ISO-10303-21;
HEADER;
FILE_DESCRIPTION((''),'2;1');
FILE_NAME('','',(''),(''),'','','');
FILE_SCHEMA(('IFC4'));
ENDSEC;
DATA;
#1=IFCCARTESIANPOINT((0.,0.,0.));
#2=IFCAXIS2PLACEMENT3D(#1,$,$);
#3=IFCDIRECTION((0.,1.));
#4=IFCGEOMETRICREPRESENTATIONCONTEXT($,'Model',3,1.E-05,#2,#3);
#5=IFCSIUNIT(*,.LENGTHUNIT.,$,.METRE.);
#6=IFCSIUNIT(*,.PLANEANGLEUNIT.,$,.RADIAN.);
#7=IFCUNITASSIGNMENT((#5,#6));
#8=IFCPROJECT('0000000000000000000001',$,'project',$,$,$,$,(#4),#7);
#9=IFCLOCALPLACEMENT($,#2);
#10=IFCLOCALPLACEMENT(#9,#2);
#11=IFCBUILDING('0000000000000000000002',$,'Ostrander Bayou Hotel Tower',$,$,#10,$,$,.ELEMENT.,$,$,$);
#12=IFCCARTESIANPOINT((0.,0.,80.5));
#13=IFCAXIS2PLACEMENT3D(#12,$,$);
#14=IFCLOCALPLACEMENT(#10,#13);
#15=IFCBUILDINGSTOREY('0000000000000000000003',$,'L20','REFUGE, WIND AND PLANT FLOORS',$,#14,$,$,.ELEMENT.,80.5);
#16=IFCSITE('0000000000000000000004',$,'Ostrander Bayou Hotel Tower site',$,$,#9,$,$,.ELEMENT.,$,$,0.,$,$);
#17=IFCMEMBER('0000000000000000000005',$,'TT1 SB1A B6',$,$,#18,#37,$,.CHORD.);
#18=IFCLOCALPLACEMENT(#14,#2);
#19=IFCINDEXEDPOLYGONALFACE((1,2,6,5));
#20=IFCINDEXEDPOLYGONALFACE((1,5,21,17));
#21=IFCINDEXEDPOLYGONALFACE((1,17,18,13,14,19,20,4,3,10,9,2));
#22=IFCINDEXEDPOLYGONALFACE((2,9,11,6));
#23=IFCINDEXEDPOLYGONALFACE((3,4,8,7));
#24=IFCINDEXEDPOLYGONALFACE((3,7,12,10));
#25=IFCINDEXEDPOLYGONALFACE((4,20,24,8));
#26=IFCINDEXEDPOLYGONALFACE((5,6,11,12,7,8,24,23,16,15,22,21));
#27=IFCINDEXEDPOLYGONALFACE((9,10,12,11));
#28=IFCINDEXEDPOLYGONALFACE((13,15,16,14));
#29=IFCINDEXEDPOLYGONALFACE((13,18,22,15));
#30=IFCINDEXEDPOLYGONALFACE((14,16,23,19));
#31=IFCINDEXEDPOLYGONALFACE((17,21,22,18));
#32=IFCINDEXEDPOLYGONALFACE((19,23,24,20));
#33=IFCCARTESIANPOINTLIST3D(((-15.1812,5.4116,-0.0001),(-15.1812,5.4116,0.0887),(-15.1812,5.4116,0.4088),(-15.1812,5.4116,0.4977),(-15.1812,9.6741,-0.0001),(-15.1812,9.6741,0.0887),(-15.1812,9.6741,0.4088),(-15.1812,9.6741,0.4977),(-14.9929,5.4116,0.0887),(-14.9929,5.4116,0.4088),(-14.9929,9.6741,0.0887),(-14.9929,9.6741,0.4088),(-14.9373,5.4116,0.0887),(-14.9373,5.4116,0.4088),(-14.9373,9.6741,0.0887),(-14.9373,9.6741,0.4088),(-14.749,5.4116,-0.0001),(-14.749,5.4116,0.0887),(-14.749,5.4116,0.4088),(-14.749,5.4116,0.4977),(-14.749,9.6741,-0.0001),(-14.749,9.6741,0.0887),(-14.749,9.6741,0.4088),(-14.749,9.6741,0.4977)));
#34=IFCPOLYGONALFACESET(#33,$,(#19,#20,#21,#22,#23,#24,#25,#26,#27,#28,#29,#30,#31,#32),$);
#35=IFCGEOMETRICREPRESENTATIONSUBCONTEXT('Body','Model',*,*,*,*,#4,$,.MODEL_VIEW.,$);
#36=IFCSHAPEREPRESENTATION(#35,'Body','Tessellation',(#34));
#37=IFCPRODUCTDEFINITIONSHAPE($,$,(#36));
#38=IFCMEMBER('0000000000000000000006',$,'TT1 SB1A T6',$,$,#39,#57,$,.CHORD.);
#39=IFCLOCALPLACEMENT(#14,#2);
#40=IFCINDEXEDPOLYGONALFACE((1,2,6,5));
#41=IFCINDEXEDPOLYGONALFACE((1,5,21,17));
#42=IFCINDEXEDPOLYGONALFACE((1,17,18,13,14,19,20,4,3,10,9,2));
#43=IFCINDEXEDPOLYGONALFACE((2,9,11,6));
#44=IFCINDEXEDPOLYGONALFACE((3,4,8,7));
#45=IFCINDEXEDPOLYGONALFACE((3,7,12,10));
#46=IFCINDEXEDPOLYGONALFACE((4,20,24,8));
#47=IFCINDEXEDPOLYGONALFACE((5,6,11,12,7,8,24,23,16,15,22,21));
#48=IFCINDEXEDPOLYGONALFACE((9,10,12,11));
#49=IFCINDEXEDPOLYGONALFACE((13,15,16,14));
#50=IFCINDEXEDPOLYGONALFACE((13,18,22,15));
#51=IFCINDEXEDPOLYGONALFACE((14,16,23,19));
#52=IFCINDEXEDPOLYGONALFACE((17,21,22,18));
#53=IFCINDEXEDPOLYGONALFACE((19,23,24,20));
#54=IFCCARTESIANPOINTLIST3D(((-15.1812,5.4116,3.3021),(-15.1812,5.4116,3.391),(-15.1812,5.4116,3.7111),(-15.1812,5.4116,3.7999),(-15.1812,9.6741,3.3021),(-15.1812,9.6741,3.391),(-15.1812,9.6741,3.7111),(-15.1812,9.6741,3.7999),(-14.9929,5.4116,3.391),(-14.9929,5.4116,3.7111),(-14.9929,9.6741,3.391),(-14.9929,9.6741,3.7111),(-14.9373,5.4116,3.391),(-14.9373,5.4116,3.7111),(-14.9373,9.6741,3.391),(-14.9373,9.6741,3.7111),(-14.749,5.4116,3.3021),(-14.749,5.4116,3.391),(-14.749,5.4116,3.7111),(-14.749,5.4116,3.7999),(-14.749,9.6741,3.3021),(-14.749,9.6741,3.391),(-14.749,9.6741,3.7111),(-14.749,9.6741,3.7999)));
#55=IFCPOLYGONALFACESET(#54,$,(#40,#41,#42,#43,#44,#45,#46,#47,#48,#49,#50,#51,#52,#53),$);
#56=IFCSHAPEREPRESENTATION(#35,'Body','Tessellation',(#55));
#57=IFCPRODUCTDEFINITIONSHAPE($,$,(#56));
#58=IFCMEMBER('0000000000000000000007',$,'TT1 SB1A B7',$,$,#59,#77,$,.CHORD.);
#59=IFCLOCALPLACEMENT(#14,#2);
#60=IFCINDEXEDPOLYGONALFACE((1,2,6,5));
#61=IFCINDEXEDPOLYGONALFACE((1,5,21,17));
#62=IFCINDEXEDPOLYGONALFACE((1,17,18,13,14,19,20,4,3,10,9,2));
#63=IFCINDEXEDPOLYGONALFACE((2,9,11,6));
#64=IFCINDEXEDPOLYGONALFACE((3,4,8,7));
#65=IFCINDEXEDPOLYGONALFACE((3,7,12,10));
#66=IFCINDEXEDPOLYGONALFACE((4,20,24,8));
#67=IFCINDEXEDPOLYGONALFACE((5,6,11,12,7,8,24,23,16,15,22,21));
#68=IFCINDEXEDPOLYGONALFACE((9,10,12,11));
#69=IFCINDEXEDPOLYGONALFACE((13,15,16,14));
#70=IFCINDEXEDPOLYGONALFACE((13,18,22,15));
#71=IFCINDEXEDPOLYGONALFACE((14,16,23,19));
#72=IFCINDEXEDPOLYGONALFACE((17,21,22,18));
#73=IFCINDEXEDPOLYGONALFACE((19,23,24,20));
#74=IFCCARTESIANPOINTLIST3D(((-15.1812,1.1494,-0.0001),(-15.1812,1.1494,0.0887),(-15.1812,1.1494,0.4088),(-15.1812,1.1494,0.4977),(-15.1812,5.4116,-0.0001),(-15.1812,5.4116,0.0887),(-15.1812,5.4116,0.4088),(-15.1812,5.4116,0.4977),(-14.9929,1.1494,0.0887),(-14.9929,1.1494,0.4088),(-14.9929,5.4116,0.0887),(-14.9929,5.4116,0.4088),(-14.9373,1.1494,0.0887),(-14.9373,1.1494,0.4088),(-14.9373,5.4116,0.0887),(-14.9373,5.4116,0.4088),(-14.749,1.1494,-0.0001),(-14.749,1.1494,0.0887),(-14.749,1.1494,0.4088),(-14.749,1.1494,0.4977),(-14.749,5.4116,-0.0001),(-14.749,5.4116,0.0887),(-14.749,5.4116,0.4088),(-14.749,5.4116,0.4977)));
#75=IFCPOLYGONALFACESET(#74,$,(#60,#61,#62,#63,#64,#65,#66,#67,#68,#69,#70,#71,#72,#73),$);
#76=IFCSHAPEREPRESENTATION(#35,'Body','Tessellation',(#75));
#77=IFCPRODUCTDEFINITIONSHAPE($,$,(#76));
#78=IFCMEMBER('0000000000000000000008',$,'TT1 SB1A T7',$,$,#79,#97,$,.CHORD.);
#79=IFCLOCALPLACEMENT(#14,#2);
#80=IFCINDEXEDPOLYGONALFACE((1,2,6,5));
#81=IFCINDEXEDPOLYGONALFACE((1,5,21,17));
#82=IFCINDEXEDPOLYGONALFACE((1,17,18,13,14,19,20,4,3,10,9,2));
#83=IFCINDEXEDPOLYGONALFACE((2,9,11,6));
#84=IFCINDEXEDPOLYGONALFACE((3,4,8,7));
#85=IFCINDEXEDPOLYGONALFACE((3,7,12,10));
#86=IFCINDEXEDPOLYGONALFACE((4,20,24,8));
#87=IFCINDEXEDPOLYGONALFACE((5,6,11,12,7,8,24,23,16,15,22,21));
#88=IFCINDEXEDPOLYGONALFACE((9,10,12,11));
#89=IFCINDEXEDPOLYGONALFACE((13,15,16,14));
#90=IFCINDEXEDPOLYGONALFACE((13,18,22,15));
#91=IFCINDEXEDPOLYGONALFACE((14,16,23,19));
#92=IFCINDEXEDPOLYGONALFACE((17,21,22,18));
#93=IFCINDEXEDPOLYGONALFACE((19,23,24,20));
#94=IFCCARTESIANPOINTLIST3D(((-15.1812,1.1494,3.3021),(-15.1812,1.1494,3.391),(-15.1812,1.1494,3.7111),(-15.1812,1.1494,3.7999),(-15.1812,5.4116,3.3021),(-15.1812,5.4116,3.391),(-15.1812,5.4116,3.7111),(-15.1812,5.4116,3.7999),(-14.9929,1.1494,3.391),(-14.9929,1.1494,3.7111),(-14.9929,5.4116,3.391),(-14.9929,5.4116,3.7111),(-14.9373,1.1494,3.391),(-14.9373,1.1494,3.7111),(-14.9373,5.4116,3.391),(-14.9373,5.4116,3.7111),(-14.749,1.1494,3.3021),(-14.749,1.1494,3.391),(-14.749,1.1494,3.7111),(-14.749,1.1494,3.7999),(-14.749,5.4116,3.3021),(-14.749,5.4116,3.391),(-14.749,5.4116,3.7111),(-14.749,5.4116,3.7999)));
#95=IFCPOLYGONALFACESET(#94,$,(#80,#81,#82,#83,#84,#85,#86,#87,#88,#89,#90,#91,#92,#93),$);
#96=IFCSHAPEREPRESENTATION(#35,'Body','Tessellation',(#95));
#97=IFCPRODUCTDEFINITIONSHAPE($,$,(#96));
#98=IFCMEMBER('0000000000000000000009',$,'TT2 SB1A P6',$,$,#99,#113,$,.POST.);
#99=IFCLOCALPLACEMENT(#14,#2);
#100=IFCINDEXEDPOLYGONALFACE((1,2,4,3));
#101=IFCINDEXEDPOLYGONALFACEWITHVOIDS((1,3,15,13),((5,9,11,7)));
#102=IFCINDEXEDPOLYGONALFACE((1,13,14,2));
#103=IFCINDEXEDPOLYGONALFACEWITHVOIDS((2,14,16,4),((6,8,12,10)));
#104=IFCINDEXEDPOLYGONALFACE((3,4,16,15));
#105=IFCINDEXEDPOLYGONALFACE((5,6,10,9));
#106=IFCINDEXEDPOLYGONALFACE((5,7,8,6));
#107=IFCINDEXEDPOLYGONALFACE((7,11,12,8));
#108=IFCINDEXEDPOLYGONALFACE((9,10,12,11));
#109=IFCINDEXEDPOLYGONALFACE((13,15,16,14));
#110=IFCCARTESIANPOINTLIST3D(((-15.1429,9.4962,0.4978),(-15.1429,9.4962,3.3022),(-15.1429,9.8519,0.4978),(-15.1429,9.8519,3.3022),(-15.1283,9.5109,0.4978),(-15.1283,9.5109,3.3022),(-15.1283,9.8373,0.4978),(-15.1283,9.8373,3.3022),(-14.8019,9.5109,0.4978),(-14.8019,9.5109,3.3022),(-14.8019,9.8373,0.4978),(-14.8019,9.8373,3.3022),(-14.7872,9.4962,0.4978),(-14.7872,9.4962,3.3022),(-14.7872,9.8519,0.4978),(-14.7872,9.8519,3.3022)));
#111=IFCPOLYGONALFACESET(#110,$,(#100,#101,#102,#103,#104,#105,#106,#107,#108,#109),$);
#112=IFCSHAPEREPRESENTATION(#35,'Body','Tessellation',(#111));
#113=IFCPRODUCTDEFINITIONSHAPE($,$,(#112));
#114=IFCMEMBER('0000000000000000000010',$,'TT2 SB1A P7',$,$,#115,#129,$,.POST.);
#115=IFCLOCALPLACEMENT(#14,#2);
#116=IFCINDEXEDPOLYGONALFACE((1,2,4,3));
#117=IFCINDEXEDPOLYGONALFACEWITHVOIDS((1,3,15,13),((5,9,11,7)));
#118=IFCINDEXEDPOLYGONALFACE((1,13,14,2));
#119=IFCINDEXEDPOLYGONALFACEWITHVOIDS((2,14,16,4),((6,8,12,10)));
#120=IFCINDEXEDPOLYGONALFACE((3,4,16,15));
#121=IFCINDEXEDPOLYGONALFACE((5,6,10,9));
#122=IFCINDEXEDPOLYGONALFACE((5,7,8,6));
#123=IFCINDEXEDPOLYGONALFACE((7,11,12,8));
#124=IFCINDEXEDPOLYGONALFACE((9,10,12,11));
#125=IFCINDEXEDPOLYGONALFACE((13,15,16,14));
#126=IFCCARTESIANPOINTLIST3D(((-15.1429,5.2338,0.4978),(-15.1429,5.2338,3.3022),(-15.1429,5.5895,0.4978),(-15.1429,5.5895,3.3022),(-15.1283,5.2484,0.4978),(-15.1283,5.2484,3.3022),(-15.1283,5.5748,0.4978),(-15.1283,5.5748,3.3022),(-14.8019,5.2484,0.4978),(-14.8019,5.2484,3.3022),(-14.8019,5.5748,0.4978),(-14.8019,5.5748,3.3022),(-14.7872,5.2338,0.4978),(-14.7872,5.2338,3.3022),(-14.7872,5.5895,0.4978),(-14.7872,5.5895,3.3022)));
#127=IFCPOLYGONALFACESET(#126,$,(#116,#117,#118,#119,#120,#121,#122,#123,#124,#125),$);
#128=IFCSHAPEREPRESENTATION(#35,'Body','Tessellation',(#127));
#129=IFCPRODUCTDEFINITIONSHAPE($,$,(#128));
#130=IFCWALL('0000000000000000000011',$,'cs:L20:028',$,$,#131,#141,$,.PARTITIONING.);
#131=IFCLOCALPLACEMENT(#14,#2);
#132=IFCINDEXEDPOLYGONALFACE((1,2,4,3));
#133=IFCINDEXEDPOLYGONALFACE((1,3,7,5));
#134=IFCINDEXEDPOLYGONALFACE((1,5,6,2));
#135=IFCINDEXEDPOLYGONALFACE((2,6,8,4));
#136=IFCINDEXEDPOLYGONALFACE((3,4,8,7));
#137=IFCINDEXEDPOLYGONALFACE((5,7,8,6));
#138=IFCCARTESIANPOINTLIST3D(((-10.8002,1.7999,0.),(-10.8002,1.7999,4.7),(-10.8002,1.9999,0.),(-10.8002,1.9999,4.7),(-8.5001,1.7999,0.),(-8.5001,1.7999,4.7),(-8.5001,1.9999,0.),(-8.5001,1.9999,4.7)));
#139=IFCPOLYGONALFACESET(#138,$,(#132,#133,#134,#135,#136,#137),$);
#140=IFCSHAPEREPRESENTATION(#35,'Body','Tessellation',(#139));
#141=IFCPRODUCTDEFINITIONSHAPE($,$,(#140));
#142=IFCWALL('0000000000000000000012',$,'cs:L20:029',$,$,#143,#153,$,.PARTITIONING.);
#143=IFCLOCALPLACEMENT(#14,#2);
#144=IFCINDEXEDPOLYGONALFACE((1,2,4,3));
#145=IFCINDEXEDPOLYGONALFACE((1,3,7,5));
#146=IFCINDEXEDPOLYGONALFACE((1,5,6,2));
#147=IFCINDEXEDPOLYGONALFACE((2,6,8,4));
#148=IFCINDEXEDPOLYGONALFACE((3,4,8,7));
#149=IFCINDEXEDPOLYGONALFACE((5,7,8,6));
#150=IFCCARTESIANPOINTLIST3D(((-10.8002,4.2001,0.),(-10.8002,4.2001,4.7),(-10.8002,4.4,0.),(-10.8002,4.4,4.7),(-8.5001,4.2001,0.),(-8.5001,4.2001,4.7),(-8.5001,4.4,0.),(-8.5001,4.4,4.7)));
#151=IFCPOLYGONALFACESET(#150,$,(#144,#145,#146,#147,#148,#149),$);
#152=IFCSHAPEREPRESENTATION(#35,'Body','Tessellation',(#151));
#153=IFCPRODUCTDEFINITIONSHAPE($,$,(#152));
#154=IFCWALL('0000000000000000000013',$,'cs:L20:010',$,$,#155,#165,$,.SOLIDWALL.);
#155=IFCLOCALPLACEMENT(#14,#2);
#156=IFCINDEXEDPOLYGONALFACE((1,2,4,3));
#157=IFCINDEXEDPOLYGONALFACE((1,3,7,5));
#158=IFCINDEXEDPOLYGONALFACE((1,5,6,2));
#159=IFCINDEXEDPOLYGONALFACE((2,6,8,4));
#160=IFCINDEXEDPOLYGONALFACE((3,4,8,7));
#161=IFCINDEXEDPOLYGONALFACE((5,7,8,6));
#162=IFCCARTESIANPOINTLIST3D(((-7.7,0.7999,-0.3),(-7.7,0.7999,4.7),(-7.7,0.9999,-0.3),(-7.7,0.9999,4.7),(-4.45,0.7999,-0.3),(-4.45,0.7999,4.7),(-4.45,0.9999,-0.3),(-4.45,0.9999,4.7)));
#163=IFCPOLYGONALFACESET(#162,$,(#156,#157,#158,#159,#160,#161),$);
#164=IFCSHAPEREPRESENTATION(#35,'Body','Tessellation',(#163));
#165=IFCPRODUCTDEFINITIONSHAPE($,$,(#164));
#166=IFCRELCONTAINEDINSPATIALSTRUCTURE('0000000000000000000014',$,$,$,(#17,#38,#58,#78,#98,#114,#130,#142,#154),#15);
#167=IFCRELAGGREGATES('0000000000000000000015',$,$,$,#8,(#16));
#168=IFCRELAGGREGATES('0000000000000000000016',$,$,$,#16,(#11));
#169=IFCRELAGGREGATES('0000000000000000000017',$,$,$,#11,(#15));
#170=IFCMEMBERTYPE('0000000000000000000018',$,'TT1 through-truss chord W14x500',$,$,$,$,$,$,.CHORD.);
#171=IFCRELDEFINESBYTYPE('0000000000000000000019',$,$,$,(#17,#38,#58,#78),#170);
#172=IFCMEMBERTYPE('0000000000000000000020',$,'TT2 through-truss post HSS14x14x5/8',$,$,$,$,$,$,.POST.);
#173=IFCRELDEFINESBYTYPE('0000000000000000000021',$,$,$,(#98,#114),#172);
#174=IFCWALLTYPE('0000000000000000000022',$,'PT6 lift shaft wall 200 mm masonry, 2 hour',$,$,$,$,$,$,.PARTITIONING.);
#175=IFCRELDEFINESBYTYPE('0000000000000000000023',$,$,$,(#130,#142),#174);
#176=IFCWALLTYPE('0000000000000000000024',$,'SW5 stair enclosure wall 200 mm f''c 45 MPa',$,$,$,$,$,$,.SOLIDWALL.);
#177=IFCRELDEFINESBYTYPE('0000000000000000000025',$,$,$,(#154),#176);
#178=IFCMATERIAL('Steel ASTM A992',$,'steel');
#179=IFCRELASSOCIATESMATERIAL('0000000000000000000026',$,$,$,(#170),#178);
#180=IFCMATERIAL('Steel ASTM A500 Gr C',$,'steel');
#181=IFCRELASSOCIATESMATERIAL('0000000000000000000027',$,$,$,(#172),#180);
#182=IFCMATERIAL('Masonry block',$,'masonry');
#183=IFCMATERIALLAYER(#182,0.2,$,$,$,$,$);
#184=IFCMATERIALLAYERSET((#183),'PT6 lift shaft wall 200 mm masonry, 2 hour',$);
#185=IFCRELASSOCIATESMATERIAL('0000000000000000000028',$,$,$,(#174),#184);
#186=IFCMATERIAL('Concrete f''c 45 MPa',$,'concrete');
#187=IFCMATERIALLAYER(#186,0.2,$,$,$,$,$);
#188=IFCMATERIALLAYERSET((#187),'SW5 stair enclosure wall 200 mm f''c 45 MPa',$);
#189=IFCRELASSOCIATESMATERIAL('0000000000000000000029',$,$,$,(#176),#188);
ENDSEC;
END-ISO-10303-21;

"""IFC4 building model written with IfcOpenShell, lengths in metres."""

from ifc_helpers import new_model, si_unit, direction, frame, frame_2d, origin, origin_2d, place, context, subcontext, project, spatial, rectangle, hollow_rectangle, i_section, extrude, material, layer, layer_set, material_profile, profile_set, type_object, element, save


model = new_model("IFC4")

# Units and contexts
model_context = context("Model", 3, precision=1e-05, world=origin(), true_north=direction((0.0, 1.0)))
body_context = subcontext(model_context, "Body", "Model", "MODEL_VIEW")
ifc_project = project(units=[si_unit("LENGTHUNIT", "METRE"), si_unit("PLANEANGLEUNIT", "RADIAN")], contexts=[model_context])

# Site, building, storey
site_placement = place(None, origin())
site = spatial("IfcSite", under=ifc_project, at=site_placement, Name="Ostrander Bayou Hotel Tower site", CompositionType="ELEMENT", RefElevation=0.0)
building_placement = place(site_placement, origin())
building = spatial("IfcBuilding", under=site, at=building_placement, Name="Ostrander Bayou Hotel Tower", CompositionType="ELEMENT")
storey_placement = place(building_placement, frame((0.0, 0.0, 80.5)))
storey = spatial("IfcBuildingStorey", under=building, at=storey_placement, Name="L20", Description="REFUGE, WIND AND PLANT FLOORS", CompositionType="ELEMENT", Elevation=80.5)

# Members
ifc_material_1 = material(Name="Steel ASTM A992", Category="steel")
ifc_material_profile_1 = material_profile(ifc_material_1, i_section(OverallWidth=0.4321, OverallDepth=0.4978, WebThickness=0.0557, FlangeThickness=0.0889, at=origin_2d()))
ifc_profile_set_1 = profile_set([ifc_material_profile_1], Name="Steel ASTM A992")
member_type_1 = type_object("IfcMemberType", Name="TT1 through-truss chord W14x500", PredefinedType="CHORD", material=ifc_profile_set_1)
for number, where, z_axis, x_axis, name in (
    (1, (-14.9651, 9.6741, 0.2488), (0.0, -1.0, 0.0), (1.0, 0.0, 0.0), "TT1 SB1A B6"),
    (2, (-14.9651, 9.6741, 3.551), (0.0, -1.0, 0.0), (1.0, 0.0, 0.0), "TT1 SB1A T6"),
):
    element("IfcMember", number, at=place(storey_placement, frame(where, z_axis=z_axis, x_axis=x_axis)), inside=storey, type_object=member_type_1, Name=name, PredefinedType="CHORD", context=body_context, shape_type="SweptSolid", body=[
        extrude(i_section(OverallWidth=0.4321, OverallDepth=0.4978, WebThickness=0.0557, FlangeThickness=0.0889, at=origin_2d()), origin(), (0.0, 0.0, 1.0), 4.2625),
    ])
for number, where, z_axis, x_axis, name in (
    (3, (-14.9651, 5.4116, 0.2488), (0.0, -1.0, 0.0), (1.0, 0.0, 0.0), "TT1 SB1A B7"),
    (4, (-14.9651, 5.4116, 3.551), (0.0, -1.0, 0.0), (1.0, 0.0, 0.0), "TT1 SB1A T7"),
):
    element("IfcMember", number, at=place(storey_placement, frame(where, z_axis=z_axis, x_axis=x_axis)), inside=storey, type_object=member_type_1, Name=name, PredefinedType="CHORD", context=body_context, shape_type="SweptSolid", body=[
        extrude(i_section(OverallWidth=0.4321, OverallDepth=0.4978, WebThickness=0.0557, FlangeThickness=0.0889, at=origin_2d()), origin(), (0.0, 0.0, 1.0), 4.2622),
    ])
ifc_material_2 = material(Name="Steel ASTM A500 Gr C", Category="steel")
ifc_material_profile_2 = material_profile(ifc_material_2, hollow_rectangle(XDim=0.3557, YDim=0.3557, WallThickness=0.0146, at=origin_2d()))
ifc_profile_set_2 = profile_set([ifc_material_profile_2], Name="Steel ASTM A500 Gr C")
member_type_2 = type_object("IfcMemberType", Name="TT2 through-truss post HSS14x14x5/8", PredefinedType="POST", material=ifc_profile_set_2)
for number, where, z_axis, x_axis, name in (
    (5, (-14.9651, 9.6741, 0.4978), (0.0, 0.0, 1.0), (1.0, 0.0, 0.0), "TT2 SB1A P6"),
    (6, (-14.9651, 5.4116, 0.4978), (0.0, 0.0, 1.0), (1.0, 0.0, 0.0), "TT2 SB1A P7"),
):
    element("IfcMember", number, at=place(storey_placement, frame(where, z_axis=z_axis, x_axis=x_axis)), inside=storey, type_object=member_type_2, Name=name, PredefinedType="POST", context=body_context, shape_type="SweptSolid", body=[
        extrude(hollow_rectangle(XDim=0.3557, YDim=0.3557, WallThickness=0.0146, at=origin_2d()), origin(), (0.0, 0.0, 1.0), 2.8044),
    ])

# Walls
ifc_material_3 = material(Name="Masonry block", Category="masonry")
ifc_layer_1 = layer(ifc_material_3, 0.2)
ifc_layer_set_1 = layer_set([ifc_layer_1], Name="PT6 lift shaft wall 200 mm masonry, 2 hour")
wall_type_1 = type_object("IfcWallType", Name="PT6 lift shaft wall 200 mm masonry, 2 hour", PredefinedType="PARTITIONING", material=ifc_layer_set_1)
for number, where, z_axis, x_axis, name in (
    (7, (-10.8, 1.8999, 0.0), (0.0, 0.0, 1.0), (1.0, 0.0, 0.0), "cs:L20:028"),
    (8, (-10.8, 4.3, 0.0), (0.0, 0.0, 1.0), (1.0, 0.0, 0.0), "cs:L20:029"),
):
    element("IfcWall", number, at=place(storey_placement, frame(where, z_axis=z_axis, x_axis=x_axis)), inside=storey, type_object=wall_type_1, Name=name, PredefinedType="PARTITIONING", context=body_context, shape_type="SweptSolid", body=[
        extrude(rectangle(XDim=2.3, YDim=0.2, at=frame_2d((1.1499, 0.0))), origin(), (0.0, 0.0, 1.0), 4.7),
    ])
ifc_material_4 = material(Name="Concrete f'c 45 MPa", Category="concrete")
ifc_layer_2 = layer(ifc_material_4, 0.2)
ifc_layer_set_2 = layer_set([ifc_layer_2], Name="SW5 stair enclosure wall 200 mm f'c 45 MPa")
wall_type_2 = type_object("IfcWallType", Name="SW5 stair enclosure wall 200 mm f'c 45 MPa", PredefinedType="SOLIDWALL", material=ifc_layer_set_2)
wall_1_placement = place(storey_placement, frame((-7.7, 0.8999, -0.3), z_axis=(0.0, 0.0, 1.0), x_axis=(1.0, 0.0, 0.0)))
element("IfcWall", 9, at=wall_1_placement, inside=storey, type_object=wall_type_2, Name="cs:L20:010", PredefinedType="SOLIDWALL", context=body_context, shape_type="SweptSolid", body=[
    extrude(rectangle(XDim=3.25, YDim=0.2, at=frame_2d((1.625, 0.0))), origin(), (0.0, 0.0, 1.0), 5.0),
])

save(model, "model.ifc")
